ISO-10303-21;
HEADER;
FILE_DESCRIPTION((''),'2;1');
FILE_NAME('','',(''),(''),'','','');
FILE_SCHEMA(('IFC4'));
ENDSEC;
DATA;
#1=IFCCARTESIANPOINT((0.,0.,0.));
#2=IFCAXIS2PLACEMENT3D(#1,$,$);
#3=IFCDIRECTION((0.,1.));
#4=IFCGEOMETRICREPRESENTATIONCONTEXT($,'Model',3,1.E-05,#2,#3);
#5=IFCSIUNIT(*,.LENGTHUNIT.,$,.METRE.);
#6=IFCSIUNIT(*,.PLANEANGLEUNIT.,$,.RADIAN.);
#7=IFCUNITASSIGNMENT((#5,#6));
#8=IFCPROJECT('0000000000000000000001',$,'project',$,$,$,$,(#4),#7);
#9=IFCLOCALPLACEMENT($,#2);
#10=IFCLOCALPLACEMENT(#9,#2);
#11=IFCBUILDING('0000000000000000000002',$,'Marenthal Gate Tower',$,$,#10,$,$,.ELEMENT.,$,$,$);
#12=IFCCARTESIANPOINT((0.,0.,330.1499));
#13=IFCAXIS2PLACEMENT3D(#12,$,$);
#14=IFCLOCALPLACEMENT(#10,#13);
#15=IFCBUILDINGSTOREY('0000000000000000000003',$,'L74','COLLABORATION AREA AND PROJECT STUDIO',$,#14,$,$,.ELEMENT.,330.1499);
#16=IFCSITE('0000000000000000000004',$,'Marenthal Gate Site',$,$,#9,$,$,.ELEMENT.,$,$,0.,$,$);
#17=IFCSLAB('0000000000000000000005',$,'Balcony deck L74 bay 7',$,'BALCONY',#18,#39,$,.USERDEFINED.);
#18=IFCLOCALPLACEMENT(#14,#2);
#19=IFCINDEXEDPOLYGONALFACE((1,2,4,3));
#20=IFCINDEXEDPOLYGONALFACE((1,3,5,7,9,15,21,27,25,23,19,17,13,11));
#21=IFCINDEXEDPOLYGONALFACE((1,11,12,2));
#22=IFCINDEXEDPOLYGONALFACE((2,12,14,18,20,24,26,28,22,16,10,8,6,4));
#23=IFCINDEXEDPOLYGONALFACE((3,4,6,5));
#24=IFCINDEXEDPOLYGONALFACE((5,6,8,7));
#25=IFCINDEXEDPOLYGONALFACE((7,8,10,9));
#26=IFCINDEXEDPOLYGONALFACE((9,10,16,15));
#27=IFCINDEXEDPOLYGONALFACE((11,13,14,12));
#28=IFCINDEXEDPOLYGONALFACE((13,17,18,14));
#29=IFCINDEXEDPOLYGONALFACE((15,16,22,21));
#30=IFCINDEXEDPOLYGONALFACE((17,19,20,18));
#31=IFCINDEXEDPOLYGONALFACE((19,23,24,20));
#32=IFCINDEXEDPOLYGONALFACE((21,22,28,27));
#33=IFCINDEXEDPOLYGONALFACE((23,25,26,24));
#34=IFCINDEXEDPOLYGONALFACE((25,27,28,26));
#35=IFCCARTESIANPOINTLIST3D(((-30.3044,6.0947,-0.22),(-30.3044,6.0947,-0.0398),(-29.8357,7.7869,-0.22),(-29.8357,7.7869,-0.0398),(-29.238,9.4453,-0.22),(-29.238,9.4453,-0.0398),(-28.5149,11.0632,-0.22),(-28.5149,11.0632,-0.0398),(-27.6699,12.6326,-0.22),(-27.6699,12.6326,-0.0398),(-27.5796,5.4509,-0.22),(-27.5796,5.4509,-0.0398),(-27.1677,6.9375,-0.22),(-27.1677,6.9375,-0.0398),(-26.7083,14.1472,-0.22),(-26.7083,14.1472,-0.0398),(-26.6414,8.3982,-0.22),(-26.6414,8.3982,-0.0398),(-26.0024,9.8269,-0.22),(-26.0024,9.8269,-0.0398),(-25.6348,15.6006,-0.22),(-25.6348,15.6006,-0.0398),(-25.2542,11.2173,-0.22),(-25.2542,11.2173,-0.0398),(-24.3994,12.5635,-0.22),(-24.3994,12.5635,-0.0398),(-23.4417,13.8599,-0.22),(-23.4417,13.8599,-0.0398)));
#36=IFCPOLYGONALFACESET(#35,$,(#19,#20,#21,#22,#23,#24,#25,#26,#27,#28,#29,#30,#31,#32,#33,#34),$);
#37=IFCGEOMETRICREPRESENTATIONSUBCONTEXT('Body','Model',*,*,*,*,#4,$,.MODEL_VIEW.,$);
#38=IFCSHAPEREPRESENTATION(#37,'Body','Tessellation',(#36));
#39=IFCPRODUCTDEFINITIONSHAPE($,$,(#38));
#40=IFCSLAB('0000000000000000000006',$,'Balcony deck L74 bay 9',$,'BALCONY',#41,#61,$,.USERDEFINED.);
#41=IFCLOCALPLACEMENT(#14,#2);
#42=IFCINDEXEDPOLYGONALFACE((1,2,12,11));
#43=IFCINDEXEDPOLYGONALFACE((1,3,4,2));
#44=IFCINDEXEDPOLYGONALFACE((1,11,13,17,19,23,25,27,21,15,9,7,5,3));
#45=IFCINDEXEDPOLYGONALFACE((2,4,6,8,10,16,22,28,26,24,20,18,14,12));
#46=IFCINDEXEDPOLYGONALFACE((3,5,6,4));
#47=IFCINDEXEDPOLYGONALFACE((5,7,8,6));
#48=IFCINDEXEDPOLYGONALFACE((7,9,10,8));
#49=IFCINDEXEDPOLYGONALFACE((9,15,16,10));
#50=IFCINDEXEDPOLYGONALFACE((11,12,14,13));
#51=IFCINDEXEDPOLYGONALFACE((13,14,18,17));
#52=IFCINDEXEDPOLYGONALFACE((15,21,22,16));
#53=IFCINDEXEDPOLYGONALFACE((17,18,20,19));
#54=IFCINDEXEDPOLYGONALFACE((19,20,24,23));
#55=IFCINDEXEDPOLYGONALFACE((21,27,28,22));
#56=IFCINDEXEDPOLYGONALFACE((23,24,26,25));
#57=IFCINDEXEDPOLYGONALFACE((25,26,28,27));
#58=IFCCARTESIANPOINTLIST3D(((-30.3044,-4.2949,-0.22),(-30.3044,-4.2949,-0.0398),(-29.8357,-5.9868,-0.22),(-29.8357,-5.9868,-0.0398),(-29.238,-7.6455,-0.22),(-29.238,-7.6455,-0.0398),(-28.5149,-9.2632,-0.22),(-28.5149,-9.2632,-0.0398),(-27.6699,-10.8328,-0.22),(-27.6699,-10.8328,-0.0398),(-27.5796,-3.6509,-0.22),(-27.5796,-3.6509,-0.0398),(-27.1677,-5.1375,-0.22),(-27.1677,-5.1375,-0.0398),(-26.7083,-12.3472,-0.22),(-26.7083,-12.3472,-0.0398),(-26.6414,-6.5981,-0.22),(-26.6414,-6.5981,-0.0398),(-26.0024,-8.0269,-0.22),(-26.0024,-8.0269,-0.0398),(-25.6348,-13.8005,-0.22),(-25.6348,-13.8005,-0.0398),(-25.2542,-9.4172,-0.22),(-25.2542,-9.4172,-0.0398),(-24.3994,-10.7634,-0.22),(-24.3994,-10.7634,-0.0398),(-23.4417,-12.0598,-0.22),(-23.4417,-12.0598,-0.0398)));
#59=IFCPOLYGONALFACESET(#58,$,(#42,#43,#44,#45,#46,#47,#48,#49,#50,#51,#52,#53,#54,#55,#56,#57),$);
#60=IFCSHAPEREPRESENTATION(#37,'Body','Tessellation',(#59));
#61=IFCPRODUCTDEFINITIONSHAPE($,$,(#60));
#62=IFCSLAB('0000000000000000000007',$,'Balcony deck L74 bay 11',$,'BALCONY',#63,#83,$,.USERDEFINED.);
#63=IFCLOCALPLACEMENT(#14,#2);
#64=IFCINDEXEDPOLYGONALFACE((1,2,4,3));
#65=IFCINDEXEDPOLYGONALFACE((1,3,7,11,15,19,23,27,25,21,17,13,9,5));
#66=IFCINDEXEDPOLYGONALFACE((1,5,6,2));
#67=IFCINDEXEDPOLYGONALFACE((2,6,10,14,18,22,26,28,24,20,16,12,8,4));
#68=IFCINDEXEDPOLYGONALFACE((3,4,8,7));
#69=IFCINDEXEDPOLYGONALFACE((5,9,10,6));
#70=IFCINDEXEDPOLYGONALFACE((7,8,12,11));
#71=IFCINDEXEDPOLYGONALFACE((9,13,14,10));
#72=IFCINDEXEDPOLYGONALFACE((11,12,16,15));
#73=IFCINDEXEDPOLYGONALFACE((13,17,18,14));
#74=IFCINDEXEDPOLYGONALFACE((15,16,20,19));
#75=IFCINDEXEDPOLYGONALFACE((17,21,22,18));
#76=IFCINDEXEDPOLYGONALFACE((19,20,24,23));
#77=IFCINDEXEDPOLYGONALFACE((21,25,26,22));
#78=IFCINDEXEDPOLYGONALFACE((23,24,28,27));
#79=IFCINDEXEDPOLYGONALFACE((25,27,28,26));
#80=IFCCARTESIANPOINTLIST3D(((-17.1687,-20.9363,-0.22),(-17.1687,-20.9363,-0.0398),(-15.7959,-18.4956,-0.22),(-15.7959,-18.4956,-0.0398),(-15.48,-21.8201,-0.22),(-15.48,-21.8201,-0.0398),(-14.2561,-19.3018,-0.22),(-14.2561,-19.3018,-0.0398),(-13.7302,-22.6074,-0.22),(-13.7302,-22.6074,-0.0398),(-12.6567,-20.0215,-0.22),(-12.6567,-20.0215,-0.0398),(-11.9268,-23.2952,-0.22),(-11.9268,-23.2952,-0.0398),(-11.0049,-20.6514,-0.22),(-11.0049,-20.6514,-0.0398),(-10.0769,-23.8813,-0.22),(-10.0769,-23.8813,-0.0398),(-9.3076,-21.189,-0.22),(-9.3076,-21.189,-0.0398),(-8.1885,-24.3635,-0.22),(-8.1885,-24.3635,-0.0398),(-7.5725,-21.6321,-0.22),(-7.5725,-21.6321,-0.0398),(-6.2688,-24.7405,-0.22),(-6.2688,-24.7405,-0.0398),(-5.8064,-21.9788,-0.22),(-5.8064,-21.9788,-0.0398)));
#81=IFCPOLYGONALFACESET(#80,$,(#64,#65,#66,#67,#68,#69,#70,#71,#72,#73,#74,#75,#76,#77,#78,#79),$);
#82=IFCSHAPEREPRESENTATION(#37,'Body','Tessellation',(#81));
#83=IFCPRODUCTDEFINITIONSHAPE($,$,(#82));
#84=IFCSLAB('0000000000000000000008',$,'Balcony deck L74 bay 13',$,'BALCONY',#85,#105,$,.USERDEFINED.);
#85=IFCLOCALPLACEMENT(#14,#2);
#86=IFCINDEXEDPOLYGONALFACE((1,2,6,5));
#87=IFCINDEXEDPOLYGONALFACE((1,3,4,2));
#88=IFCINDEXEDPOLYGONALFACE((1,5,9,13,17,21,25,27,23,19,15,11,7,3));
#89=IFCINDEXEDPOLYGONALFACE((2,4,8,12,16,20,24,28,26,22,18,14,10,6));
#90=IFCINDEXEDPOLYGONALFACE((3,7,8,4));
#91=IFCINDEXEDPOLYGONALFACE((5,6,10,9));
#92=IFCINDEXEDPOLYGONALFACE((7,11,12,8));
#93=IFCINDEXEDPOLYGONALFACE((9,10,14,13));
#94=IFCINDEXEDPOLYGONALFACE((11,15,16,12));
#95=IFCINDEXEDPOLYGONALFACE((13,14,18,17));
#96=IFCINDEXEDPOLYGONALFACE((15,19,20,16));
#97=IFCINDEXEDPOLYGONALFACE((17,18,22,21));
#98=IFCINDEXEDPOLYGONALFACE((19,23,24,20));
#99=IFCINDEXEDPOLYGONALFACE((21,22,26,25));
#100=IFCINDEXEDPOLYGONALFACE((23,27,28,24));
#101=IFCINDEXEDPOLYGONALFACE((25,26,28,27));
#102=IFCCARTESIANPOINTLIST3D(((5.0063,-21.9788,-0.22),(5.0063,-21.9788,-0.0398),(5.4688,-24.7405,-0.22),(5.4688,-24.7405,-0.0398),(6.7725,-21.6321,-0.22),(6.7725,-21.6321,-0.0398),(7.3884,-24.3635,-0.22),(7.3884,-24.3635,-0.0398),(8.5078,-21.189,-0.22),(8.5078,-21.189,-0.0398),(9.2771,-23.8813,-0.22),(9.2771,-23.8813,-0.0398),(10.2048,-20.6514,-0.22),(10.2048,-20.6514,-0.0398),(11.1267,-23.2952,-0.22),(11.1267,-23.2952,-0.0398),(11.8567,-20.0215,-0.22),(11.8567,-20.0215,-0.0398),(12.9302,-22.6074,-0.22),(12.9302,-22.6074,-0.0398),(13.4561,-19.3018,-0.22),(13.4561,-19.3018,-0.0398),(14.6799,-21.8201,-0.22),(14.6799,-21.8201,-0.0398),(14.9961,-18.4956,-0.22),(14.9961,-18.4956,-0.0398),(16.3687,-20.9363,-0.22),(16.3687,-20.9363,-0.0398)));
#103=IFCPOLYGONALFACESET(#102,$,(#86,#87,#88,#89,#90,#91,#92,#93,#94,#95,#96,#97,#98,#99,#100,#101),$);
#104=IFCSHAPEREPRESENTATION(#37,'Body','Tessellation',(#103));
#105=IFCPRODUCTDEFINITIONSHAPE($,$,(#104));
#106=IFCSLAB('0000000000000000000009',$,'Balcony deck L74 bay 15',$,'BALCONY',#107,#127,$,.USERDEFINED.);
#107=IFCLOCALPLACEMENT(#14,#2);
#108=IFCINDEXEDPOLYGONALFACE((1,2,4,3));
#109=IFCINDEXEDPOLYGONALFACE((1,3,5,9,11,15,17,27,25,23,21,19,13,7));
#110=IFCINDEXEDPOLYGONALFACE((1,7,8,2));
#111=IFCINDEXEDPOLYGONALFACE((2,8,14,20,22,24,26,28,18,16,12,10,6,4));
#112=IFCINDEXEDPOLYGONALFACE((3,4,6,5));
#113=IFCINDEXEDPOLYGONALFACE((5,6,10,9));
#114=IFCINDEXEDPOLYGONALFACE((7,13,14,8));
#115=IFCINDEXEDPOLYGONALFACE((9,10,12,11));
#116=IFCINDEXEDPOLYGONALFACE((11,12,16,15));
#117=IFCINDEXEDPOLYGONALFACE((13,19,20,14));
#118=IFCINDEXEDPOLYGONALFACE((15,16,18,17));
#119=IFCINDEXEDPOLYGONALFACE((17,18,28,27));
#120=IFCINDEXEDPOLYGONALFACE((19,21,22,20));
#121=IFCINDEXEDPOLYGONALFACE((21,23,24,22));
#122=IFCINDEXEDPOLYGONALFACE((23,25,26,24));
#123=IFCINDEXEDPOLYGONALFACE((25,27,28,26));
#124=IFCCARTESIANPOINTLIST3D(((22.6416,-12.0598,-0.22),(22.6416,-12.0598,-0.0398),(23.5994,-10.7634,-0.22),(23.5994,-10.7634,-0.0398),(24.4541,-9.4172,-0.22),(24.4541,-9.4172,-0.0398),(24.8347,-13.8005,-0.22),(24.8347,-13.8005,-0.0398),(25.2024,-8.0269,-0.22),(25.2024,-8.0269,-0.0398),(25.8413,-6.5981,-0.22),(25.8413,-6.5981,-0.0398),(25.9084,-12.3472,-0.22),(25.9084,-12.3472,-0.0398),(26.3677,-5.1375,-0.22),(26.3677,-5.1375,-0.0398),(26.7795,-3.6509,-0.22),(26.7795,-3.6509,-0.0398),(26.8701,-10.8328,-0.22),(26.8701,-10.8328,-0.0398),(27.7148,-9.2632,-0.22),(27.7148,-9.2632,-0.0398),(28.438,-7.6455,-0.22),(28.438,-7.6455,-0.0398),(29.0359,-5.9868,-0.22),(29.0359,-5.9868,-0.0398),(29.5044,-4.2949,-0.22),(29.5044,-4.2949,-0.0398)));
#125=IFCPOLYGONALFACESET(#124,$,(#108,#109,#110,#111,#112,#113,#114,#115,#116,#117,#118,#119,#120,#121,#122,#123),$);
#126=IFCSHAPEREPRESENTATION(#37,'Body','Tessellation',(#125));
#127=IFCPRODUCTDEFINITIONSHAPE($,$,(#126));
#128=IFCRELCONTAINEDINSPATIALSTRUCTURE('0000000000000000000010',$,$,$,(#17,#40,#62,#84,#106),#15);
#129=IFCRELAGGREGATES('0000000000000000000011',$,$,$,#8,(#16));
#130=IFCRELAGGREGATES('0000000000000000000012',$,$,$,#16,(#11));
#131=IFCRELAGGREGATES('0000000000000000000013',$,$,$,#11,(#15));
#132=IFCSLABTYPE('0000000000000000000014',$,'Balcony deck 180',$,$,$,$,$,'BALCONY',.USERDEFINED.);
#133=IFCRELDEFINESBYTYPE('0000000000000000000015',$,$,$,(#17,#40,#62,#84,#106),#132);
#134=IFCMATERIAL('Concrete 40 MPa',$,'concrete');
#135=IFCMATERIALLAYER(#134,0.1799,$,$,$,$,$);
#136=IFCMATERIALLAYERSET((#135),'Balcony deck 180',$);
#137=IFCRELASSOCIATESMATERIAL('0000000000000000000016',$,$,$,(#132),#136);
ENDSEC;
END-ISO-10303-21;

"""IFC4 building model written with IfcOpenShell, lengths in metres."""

from ifc_helpers import new_model, si_unit, direction, frame, origin, place, context, subcontext, project, spatial, polyline, outline, extrude, material, layer, layer_set, type_object, element, save


model = new_model("IFC4")

# Units and contexts
model_context = context("Model", 3, precision=1e-05, world=origin(), true_north=direction((0.0, 1.0)))
body_context = subcontext(model_context, "Body", "Model", "MODEL_VIEW")
ifc_project = project(units=[si_unit("LENGTHUNIT", "METRE"), si_unit("PLANEANGLEUNIT", "RADIAN")], contexts=[model_context])

# Site, building, storey
site_placement = place(None, origin())
site = spatial("IfcSite", under=ifc_project, at=site_placement, Name="Marenthal Gate Site", CompositionType="ELEMENT", RefElevation=0.0)
building_placement = place(site_placement, origin())
building = spatial("IfcBuilding", under=site, at=building_placement, Name="Marenthal Gate Tower", CompositionType="ELEMENT")
storey_placement = place(building_placement, frame((0.0, 0.0, 330.1499)))
storey = spatial("IfcBuildingStorey", under=building, at=storey_placement, Name="L74", Description="COLLABORATION AREA AND PROJECT STUDIO", CompositionType="ELEMENT", Elevation=330.1499)

# Slabs
ifc_material_1 = material(Name="Concrete 40 MPa", Category="concrete")
ifc_layer_1 = layer(ifc_material_1, 0.1799)
ifc_layer_set_1 = layer_set([ifc_layer_1], Name="Balcony deck 180")
slab_type_1 = type_object("IfcSlabType", Name="Balcony deck 180", ElementType="BALCONY", PredefinedType="USERDEFINED", material=ifc_layer_set_1)
slab_1_placement = place(storey_placement, frame((0.0, 0.0, -0.22)))
element("IfcSlab", 1, at=slab_1_placement, inside=storey, type_object=slab_type_1, Name="Balcony deck L74 bay 7", ObjectType="BALCONY", PredefinedType="USERDEFINED", context=body_context, shape_type="SweptSolid", body=[
    extrude(outline(polyline([(-23.4417, 13.8599), (-24.3994, 12.5635), (-25.2542, 11.2173), (-26.0024, 9.8269), (-26.6414, 8.3982), (-27.1677, 6.9375), (-27.5796, 5.4509), (-30.3044, 6.0947), (-29.8357, 7.7869), (-29.238, 9.4453), (-28.5149, 11.0632), (-27.6699, 12.6326), (-26.7083, 14.1472), (-25.6348, 15.6006), (-23.4417, 13.8599)])), origin(), (0.0, 0.0, 1.0), 0.1802),
])
slab_2_placement = place(storey_placement, frame((0.0, 0.0, -0.22)))
element("IfcSlab", 2, at=slab_2_placement, inside=storey, type_object=slab_type_1, Name="Balcony deck L74 bay 9", ObjectType="BALCONY", PredefinedType="USERDEFINED", context=body_context, shape_type="SweptSolid", body=[
    extrude(outline(polyline([(-27.5796, -3.6509), (-27.1677, -5.1375), (-26.6414, -6.5981), (-26.0024, -8.0269), (-25.2542, -9.4172), (-24.3994, -10.7634), (-23.4417, -12.0598), (-25.6348, -13.8005), (-26.7083, -12.3472), (-27.6699, -10.8328), (-28.5149, -9.2632), (-29.238, -7.6455), (-29.8357, -5.9868), (-30.3044, -4.2949), (-27.5796, -3.6509)])), origin(), (0.0, 0.0, 1.0), 0.1802),
])
slab_3_placement = place(storey_placement, frame((0.0, 0.0, -0.22)))
element("IfcSlab", 3, at=slab_3_placement, inside=storey, type_object=slab_type_1, Name="Balcony deck L74 bay 11", ObjectType="BALCONY", PredefinedType="USERDEFINED", context=body_context, shape_type="SweptSolid", body=[
    extrude(outline(polyline([(-15.7959, -18.4956), (-14.2561, -19.3018), (-12.6567, -20.0215), (-11.0049, -20.6514), (-9.3076, -21.189), (-7.5725, -21.6321), (-5.8064, -21.9788), (-6.2688, -24.7405), (-8.1885, -24.3635), (-10.0769, -23.8813), (-11.9268, -23.2952), (-13.7302, -22.6074), (-15.48, -21.8201), (-17.1687, -20.9363), (-15.7959, -18.4956)])), origin(), (0.0, 0.0, 1.0), 0.1802),
])
slab_4_placement = place(storey_placement, frame((0.0, 0.0, -0.22)))
element("IfcSlab", 4, at=slab_4_placement, inside=storey, type_object=slab_type_1, Name="Balcony deck L74 bay 13", ObjectType="BALCONY", PredefinedType="USERDEFINED", context=body_context, shape_type="SweptSolid", body=[
    extrude(outline(polyline([(5.0063, -21.9788), (6.7725, -21.6321), (8.5078, -21.189), (10.2048, -20.6514), (11.8567, -20.0215), (13.4561, -19.3018), (14.9961, -18.4956), (16.3687, -20.9363), (14.6799, -21.8201), (12.9302, -22.6074), (11.1267, -23.2952), (9.2771, -23.8813), (7.3884, -24.3635), (5.4688, -24.7405), (5.0063, -21.9788)])), origin(), (0.0, 0.0, 1.0), 0.1802),
])
slab_5_placement = place(storey_placement, frame((0.0, 0.0, -0.22)))
element("IfcSlab", 5, at=slab_5_placement, inside=storey, type_object=slab_type_1, Name="Balcony deck L74 bay 15", ObjectType="BALCONY", PredefinedType="USERDEFINED", context=body_context, shape_type="SweptSolid", body=[
    extrude(outline(polyline([(22.6416, -12.0598), (23.5994, -10.7634), (24.4541, -9.4172), (25.2024, -8.0269), (25.8413, -6.5981), (26.3677, -5.1375), (26.7795, -3.6509), (29.5044, -4.2949), (29.0359, -5.9868), (28.438, -7.6455), (27.7148, -9.2632), (26.8701, -10.8328), (25.9084, -12.3472), (24.8347, -13.8005), (22.6416, -12.0598)])), origin(), (0.0, 0.0, 1.0), 0.1802),
])

save(model, "model.ifc")
